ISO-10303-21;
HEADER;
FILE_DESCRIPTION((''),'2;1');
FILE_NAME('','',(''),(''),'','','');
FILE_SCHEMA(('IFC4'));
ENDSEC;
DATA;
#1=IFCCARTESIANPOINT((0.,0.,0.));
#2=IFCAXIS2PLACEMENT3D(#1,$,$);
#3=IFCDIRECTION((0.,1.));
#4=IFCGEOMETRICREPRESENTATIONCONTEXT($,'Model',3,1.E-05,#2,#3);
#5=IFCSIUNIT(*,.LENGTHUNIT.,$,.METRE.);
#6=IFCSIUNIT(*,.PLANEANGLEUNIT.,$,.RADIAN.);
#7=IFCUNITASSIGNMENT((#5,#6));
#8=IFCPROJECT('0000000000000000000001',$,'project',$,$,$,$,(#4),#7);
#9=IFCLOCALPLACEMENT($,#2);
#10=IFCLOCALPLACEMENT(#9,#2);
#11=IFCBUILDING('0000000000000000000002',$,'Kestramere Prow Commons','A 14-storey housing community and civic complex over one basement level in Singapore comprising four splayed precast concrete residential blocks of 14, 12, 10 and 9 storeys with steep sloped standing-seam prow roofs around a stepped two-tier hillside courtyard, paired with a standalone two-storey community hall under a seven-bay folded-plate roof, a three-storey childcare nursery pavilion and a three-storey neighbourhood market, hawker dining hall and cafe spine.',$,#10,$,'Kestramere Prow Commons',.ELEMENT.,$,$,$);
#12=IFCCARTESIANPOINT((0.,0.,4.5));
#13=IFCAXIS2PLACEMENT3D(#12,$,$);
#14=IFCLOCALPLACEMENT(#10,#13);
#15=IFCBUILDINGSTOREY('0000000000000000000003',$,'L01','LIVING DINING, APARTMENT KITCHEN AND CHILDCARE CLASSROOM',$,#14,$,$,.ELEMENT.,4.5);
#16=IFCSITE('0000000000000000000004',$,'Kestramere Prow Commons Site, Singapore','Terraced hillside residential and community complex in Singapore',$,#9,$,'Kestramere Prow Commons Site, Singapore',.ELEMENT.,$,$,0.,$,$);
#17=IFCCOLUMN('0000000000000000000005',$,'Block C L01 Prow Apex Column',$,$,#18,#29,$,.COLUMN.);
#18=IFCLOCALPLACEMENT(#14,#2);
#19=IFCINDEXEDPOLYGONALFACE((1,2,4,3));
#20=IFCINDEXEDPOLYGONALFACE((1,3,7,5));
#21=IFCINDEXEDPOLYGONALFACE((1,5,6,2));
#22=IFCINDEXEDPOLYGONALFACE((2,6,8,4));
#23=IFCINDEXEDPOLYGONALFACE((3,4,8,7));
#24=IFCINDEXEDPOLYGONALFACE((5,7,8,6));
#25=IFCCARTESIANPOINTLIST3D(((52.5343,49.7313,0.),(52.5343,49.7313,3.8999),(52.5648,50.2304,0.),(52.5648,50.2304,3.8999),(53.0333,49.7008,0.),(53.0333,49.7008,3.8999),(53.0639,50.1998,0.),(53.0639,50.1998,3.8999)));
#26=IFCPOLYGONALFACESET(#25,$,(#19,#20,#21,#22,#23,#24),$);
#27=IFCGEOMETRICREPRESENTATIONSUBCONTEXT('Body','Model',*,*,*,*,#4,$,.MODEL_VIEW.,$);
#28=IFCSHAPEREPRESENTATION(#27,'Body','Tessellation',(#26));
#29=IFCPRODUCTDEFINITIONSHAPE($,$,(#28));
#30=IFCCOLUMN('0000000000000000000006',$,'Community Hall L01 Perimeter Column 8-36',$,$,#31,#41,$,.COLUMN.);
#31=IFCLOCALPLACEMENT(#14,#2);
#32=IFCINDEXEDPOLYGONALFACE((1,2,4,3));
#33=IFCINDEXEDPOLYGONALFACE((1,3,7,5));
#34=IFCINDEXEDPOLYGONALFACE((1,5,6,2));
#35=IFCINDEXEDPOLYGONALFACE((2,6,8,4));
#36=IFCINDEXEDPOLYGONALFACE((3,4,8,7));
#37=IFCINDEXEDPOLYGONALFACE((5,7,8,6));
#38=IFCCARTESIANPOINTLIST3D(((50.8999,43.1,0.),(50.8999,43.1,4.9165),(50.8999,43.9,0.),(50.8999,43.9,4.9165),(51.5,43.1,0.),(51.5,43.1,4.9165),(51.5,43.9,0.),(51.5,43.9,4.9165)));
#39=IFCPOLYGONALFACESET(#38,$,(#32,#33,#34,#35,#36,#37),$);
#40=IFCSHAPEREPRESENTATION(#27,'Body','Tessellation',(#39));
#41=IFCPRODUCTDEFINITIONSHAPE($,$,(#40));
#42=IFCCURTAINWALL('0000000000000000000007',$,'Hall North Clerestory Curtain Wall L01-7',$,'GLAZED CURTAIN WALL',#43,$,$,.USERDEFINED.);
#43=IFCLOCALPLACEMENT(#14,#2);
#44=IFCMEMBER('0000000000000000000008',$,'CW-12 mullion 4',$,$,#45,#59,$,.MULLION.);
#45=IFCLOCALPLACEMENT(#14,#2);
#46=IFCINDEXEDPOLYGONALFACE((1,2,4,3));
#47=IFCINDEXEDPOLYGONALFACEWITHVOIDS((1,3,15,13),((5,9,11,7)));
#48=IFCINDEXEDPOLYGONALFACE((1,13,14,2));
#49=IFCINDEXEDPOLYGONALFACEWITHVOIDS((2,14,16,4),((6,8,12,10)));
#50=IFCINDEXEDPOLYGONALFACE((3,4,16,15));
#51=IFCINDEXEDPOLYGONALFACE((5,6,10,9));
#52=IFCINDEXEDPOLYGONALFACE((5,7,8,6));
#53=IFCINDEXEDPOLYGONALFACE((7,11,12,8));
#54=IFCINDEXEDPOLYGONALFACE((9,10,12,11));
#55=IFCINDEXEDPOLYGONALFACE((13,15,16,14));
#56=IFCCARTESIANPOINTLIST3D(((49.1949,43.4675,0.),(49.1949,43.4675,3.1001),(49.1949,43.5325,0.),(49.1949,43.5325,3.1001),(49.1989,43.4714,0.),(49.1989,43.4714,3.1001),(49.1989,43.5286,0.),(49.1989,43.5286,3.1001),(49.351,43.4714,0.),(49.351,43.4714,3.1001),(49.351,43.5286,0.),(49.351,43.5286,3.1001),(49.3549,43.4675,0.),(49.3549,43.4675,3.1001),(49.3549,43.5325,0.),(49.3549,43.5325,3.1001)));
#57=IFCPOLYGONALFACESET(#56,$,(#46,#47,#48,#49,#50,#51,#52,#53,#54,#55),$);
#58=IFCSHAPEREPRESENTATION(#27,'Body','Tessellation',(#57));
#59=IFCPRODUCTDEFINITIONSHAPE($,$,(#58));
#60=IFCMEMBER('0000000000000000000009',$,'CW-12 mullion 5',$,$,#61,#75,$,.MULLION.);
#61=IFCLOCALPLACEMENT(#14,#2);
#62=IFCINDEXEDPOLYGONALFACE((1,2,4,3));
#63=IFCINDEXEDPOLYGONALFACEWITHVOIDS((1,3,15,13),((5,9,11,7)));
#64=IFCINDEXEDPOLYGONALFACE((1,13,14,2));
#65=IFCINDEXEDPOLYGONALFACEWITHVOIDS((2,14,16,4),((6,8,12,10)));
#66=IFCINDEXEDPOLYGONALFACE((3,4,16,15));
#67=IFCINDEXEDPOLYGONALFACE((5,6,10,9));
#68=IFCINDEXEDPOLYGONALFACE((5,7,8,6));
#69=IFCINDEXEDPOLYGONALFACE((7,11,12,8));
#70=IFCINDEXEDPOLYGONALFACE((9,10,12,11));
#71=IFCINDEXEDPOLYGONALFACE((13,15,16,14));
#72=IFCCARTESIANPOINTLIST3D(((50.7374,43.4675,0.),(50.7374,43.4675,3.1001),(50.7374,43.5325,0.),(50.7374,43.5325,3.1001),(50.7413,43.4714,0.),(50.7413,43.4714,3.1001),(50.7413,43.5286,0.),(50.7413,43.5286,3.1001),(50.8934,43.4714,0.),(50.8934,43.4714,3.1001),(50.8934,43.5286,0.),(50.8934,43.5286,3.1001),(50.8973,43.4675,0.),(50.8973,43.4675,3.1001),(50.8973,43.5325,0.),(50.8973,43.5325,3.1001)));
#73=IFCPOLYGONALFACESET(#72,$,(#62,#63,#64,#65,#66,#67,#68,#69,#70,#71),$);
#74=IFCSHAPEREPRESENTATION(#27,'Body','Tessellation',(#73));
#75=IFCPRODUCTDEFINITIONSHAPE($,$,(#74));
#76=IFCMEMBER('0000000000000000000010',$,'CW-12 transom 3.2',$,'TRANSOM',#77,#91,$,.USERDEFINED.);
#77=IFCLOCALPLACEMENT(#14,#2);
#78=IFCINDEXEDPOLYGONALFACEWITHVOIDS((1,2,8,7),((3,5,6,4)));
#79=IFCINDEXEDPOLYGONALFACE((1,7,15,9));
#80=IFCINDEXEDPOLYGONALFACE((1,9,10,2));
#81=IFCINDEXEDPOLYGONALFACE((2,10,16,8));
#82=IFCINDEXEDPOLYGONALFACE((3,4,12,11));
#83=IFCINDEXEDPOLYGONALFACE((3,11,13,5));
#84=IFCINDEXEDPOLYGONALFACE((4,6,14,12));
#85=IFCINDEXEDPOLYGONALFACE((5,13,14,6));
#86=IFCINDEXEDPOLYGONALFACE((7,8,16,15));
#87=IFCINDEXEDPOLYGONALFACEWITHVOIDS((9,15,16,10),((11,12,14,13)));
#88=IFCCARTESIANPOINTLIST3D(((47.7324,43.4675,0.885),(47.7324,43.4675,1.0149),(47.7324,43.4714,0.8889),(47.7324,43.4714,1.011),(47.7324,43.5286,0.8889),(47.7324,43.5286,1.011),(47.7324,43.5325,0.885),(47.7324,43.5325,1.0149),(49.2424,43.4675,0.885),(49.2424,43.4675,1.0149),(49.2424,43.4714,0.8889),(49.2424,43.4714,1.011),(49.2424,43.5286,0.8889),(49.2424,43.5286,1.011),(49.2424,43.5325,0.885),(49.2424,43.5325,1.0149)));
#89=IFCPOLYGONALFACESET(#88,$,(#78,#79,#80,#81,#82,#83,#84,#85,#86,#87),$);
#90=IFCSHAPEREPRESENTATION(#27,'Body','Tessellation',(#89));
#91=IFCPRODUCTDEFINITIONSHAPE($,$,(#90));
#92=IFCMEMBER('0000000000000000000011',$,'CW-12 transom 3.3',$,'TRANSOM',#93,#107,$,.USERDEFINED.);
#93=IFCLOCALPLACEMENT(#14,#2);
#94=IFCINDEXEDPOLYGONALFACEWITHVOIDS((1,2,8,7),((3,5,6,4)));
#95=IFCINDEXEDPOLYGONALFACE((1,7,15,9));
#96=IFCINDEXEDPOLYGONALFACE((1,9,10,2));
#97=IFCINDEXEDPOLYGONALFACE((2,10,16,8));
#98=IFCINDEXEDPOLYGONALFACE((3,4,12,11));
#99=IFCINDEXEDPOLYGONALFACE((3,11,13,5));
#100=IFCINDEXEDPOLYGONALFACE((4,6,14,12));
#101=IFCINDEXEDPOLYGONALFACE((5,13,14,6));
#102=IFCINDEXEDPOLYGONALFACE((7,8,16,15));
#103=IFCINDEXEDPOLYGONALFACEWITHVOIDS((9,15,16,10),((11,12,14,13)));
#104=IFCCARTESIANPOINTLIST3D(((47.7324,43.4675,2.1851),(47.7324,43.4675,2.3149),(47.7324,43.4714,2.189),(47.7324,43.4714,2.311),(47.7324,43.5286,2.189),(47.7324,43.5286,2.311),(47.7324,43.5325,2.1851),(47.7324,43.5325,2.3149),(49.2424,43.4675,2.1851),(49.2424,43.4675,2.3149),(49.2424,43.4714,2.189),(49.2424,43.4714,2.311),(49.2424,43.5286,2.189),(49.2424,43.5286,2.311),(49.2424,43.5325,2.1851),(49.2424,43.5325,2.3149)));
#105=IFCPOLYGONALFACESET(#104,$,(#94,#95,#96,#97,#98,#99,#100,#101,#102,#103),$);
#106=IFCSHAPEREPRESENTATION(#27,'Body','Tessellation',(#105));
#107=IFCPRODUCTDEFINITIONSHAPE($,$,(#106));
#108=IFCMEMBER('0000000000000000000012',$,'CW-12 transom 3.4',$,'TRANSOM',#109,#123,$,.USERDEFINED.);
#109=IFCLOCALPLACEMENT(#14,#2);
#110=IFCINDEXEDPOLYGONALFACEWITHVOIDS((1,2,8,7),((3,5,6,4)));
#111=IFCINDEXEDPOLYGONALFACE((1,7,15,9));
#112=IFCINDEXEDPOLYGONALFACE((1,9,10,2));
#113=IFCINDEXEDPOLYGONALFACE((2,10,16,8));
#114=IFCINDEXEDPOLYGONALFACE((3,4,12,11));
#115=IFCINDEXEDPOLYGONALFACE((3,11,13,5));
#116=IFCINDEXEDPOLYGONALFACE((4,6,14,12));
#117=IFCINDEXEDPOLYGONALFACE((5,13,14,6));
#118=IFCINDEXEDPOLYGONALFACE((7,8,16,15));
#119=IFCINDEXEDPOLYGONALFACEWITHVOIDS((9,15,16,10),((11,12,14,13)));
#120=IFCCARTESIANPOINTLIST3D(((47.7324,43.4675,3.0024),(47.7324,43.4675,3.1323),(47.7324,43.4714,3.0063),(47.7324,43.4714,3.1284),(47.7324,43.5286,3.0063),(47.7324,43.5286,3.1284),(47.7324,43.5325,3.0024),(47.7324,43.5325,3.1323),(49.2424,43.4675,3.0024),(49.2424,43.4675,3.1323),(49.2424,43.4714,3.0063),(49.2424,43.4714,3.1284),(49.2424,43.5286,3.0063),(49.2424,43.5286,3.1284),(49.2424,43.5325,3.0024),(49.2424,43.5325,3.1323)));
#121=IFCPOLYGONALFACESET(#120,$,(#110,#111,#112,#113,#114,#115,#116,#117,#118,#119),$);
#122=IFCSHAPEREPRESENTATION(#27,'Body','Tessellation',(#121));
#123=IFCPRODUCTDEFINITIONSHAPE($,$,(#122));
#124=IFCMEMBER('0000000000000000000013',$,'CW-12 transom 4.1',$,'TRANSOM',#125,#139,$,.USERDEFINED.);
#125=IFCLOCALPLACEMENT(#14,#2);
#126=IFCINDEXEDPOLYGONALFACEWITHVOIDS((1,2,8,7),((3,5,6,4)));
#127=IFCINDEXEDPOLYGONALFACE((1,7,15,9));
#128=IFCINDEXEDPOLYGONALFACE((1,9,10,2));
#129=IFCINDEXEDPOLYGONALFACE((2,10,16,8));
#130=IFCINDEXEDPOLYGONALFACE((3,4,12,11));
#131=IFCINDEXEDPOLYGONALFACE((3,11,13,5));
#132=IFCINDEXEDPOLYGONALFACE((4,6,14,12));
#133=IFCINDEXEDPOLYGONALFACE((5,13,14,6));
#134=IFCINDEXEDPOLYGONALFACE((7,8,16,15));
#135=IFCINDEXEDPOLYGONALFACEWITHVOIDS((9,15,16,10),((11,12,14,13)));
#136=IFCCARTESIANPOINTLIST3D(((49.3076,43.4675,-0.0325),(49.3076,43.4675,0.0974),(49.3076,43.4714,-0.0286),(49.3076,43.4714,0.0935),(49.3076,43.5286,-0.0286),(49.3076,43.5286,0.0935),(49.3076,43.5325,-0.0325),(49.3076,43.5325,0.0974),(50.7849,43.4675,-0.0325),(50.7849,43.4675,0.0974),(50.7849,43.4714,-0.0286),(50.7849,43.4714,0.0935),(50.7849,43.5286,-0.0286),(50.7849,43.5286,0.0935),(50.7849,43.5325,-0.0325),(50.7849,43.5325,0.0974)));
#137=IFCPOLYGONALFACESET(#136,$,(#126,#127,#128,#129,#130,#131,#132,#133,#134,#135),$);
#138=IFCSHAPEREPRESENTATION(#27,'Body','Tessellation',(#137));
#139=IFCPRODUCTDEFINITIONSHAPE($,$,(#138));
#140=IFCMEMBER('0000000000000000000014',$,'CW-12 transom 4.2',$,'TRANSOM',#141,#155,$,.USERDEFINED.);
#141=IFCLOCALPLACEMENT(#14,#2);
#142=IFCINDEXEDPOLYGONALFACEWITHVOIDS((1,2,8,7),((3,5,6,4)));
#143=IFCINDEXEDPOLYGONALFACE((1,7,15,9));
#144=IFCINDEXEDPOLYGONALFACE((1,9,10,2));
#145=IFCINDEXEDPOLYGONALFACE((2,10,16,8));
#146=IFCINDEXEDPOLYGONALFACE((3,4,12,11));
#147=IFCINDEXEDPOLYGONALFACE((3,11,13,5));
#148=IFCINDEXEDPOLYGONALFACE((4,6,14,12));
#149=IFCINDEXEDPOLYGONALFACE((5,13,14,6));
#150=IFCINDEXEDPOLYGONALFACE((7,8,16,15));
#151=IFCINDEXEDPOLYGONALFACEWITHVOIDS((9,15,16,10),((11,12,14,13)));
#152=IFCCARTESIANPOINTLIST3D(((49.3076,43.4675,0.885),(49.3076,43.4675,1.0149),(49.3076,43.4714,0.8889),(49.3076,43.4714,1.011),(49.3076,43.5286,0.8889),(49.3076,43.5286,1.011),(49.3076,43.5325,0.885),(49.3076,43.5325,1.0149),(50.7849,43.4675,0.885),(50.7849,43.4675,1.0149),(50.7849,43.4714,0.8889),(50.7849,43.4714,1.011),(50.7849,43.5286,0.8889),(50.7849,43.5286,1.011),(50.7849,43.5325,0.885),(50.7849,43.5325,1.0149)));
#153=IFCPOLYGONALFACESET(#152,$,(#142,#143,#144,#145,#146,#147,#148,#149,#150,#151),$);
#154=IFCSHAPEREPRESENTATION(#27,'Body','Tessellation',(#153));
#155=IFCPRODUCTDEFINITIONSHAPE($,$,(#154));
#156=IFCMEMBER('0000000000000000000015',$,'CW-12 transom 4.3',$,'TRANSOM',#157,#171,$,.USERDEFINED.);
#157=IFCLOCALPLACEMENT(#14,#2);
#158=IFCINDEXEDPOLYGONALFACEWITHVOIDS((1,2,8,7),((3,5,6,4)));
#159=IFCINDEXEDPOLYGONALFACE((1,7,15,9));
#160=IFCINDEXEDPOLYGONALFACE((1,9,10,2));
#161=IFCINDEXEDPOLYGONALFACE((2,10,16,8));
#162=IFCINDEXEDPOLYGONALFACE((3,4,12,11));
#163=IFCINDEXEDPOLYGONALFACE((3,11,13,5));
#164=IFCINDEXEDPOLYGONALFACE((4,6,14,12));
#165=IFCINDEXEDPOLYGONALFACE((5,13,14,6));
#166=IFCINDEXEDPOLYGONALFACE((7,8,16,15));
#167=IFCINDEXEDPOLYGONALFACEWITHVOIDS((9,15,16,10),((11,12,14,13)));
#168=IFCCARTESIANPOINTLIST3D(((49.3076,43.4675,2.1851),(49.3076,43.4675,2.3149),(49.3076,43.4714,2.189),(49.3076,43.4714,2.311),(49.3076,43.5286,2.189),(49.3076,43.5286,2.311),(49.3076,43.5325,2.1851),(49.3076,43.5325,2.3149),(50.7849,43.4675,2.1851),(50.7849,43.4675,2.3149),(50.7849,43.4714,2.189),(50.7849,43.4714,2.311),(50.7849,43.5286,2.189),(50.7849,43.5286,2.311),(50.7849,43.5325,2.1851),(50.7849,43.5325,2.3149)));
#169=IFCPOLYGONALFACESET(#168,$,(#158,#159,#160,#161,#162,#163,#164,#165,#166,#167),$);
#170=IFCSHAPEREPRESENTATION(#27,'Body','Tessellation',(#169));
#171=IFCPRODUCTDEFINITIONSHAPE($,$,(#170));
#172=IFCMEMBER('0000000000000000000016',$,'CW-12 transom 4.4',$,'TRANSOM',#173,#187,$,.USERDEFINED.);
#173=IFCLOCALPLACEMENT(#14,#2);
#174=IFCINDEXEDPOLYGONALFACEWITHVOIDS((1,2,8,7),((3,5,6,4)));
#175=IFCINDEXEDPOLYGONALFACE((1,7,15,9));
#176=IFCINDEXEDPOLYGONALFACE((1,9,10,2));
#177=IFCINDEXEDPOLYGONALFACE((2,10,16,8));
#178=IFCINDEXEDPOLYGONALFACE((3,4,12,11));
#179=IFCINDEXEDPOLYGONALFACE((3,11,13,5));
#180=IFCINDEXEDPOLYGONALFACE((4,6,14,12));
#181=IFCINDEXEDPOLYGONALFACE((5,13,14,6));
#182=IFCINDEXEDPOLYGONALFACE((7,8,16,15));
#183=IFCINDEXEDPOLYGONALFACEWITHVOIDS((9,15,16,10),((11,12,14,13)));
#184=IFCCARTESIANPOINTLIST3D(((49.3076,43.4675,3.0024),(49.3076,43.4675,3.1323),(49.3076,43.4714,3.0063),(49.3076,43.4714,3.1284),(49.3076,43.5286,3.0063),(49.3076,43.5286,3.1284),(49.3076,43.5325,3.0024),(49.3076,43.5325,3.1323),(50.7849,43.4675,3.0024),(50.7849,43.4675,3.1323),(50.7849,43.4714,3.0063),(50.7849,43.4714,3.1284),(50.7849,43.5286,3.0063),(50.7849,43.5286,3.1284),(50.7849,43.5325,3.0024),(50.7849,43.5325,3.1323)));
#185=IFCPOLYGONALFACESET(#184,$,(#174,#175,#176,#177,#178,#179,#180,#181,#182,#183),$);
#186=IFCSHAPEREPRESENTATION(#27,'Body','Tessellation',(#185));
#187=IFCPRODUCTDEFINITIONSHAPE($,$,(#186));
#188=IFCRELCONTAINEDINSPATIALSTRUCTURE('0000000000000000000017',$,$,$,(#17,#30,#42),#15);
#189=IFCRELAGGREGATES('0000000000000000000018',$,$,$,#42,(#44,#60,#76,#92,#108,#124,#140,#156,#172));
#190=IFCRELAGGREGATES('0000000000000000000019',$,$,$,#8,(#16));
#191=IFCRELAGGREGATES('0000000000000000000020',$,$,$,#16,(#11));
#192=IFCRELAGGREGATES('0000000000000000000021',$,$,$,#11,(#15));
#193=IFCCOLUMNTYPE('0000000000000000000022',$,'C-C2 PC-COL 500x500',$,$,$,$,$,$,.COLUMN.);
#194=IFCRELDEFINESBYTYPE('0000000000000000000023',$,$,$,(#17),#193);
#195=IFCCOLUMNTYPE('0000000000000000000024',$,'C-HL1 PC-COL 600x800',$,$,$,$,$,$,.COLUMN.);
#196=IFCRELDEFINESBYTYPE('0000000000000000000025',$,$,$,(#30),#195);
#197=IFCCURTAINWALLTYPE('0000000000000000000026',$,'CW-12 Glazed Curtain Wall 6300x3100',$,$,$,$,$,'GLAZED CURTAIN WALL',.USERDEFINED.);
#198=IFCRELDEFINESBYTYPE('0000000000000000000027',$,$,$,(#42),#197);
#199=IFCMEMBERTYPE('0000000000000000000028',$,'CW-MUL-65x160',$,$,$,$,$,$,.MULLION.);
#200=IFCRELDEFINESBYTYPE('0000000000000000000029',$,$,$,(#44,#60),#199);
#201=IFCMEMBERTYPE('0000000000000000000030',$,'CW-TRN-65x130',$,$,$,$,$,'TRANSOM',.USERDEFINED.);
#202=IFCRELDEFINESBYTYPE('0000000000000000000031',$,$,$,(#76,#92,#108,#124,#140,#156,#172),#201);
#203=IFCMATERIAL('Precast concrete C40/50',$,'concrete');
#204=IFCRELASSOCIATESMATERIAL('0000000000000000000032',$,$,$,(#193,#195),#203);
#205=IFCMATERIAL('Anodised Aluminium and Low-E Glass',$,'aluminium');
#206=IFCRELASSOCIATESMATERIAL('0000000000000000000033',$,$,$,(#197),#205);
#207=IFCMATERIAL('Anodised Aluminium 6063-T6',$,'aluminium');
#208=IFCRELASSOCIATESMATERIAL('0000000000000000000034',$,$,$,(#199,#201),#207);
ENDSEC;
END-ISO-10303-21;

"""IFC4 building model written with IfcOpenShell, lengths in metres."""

from ifc_helpers import new_model, si_unit, direction, frame, origin, origin_2d, place, context, subcontext, project, spatial, rectangle, hollow_rectangle, extrude, material, material_profile, profile_set, type_object, element, aggregate, save


model = new_model("IFC4")

# Units and contexts
model_context = context("Model", 3, precision=1e-05, world=origin(), true_north=direction((0.0, 1.0)))
body_context = subcontext(model_context, "Body", "Model", "MODEL_VIEW")
ifc_project = project(units=[si_unit("LENGTHUNIT", "METRE"), si_unit("PLANEANGLEUNIT", "RADIAN")], contexts=[model_context])

# Site, building, storey
site_placement = place(None, origin())
site = spatial("IfcSite", under=ifc_project, at=site_placement, Name="Kestramere Prow Commons Site, Singapore", Description="Terraced hillside residential and community complex in Singapore", LongName="Kestramere Prow Commons Site, Singapore", CompositionType="ELEMENT", RefElevation=0.0)
building_placement = place(site_placement, origin())
building = spatial("IfcBuilding", under=site, at=building_placement, Name="Kestramere Prow Commons", Description="A 14-storey housing community and civic complex over one basement level in Singapore comprising four splayed precast concrete residential blocks of 14, 12, 10 and 9 storeys with steep sloped standing-seam prow roofs around a stepped two-tier hillside courtyard, paired with a standalone two-storey community hall under a seven-bay folded-plate roof, a three-storey childcare nursery pavilion and a three-storey neighbourhood market, hawker dining hall and cafe spine.", LongName="Kestramere Prow Commons", CompositionType="ELEMENT")
storey_placement = place(building_placement, frame((0.0, 0.0, 4.5)))
storey = spatial("IfcBuildingStorey", under=building, at=storey_placement, Name="L01", Description="LIVING DINING, APARTMENT KITCHEN AND CHILDCARE CLASSROOM", CompositionType="ELEMENT", Elevation=4.5)

# Columns
ifc_material_1 = material(Name="Precast concrete C40/50", Category="concrete")
ifc_material_profile_1 = material_profile(ifc_material_1, rectangle(XDim=0.5, YDim=0.5, at=origin_2d()), Name="PC-COL 500x500")
ifc_profile_set_1 = profile_set([ifc_material_profile_1], Name="Precast concrete C40/50")
column_type_1 = type_object("IfcColumnType", Name="C-C2 PC-COL 500x500", PredefinedType="COLUMN", material=ifc_profile_set_1)
column_1_placement = place(storey_placement, frame((52.7991, 49.9656, 0.0), z_axis=(0.0, 0.0, 1.0), x_axis=(0.998135, -0.061049, 0.0)))
element("IfcColumn", 1, at=column_1_placement, inside=storey, type_object=column_type_1, Name="Block C L01 Prow Apex Column", PredefinedType="COLUMN", context=body_context, shape_type="SweptSolid", body=[
    extrude(rectangle(XDim=0.5, YDim=0.5, at=origin_2d()), origin(), (0.0, 0.0, 1.0), 3.8999),
])
ifc_material_profile_2 = material_profile(ifc_material_1, rectangle(XDim=0.6001, YDim=0.8, at=origin_2d()), Name="PC-COL 600x800")
ifc_profile_set_2 = profile_set([ifc_material_profile_2], Name="Precast concrete C40/50")
column_type_2 = type_object("IfcColumnType", Name="C-HL1 PC-COL 600x800", PredefinedType="COLUMN", material=ifc_profile_set_2)
column_2_placement = place(storey_placement, frame((51.2, 43.5, 0.0), z_axis=(0.0, 0.0, 1.0), x_axis=(1.0, 0.0, 0.0)))
element("IfcColumn", 2, at=column_2_placement, inside=storey, type_object=column_type_2, Name="Community Hall L01 Perimeter Column 8-36", PredefinedType="COLUMN", context=body_context, shape_type="SweptSolid", body=[
    extrude(rectangle(XDim=0.6001, YDim=0.8, at=origin_2d()), origin(), (0.0, 0.0, 1.0), 4.9165),
])

# Curtain wall, members
ifc_material_2 = material(Name="Anodised Aluminium and Low-E Glass", Category="aluminium")
curtain_wall_type = type_object("IfcCurtainWallType", Name="CW-12 Glazed Curtain Wall 6300x3100", ElementType="GLAZED CURTAIN WALL", PredefinedType="USERDEFINED", material=ifc_material_2)
curtain_wall_placement = place(storey_placement, origin())
curtain_wall = element("IfcCurtainWall", 3, at=curtain_wall_placement, inside=storey, type_object=curtain_wall_type, Name="Hall North Clerestory Curtain Wall L01-7", ObjectType="GLAZED CURTAIN WALL", PredefinedType="USERDEFINED")
ifc_material_3 = material(Name="Anodised Aluminium 6063-T6", Category="aluminium")
ifc_material_profile_3 = material_profile(ifc_material_3, hollow_rectangle(XDim=0.0649, YDim=0.1599, WallThickness=0.0039, at=origin_2d()), Name="ALU-MUL 65x160")
ifc_profile_set_3 = profile_set([ifc_material_profile_3], Name="Anodised Aluminium 6063-T6")
member_type_1 = type_object("IfcMemberType", Name="CW-MUL-65x160", PredefinedType="MULLION", material=ifc_profile_set_3)
member_1_placement = place(storey_placement, frame((49.2749, 43.5, 0.0), z_axis=(0.0, 0.0, 1.0), x_axis=(0.0, 1.0, 0.0)))
member_1 = element("IfcMember", 4, at=member_1_placement, type_object=member_type_1, Name="CW-12 mullion 4", PredefinedType="MULLION", context=body_context, shape_type="SweptSolid", body=[
    extrude(hollow_rectangle(XDim=0.0649, YDim=0.1599, WallThickness=0.0039, at=origin_2d()), origin(), (0.0, 0.0, 1.0), 3.1001),
])
member_2_placement = place(storey_placement, frame((50.8174, 43.5, 0.0), z_axis=(0.0, 0.0, 1.0), x_axis=(0.0, 1.0, 0.0)))
member_2 = element("IfcMember", 5, at=member_2_placement, type_object=member_type_1, Name="CW-12 mullion 5", PredefinedType="MULLION", context=body_context, shape_type="SweptSolid", body=[
    extrude(hollow_rectangle(XDim=0.0649, YDim=0.1599, WallThickness=0.0039, at=origin_2d()), origin(), (0.0, 0.0, 1.0), 3.1001),
])
ifc_material_profile_4 = material_profile(ifc_material_3, hollow_rectangle(XDim=0.0649, YDim=0.1299, WallThickness=0.0039, at=origin_2d()), Name="ALU-TRN 65x130")
ifc_profile_set_4 = profile_set([ifc_material_profile_4], Name="Anodised Aluminium 6063-T6")
member_type_2 = type_object("IfcMemberType", Name="CW-TRN-65x130", ElementType="TRANSOM", PredefinedType="USERDEFINED", material=ifc_profile_set_4)
member_3_placement = place(storey_placement, frame((47.7324, 43.5, 0.95), z_axis=(1.0, 0.0, 0.0), x_axis=(0.0, 1.0, 0.0)))
member_3 = element("IfcMember", 6, at=member_3_placement, type_object=member_type_2, Name="CW-12 transom 3.2", ObjectType="TRANSOM", PredefinedType="USERDEFINED", context=body_context, shape_type="SweptSolid", body=[
    extrude(hollow_rectangle(XDim=0.0649, YDim=0.1299, WallThickness=0.0039, at=origin_2d()), origin(), (0.0, 0.0, 1.0), 1.51),
])
member_4_placement = place(storey_placement, frame((47.7324, 43.5, 2.25), z_axis=(1.0, 0.0, 0.0), x_axis=(0.0, 1.0, 0.0)))
member_4 = element("IfcMember", 7, at=member_4_placement, type_object=member_type_2, Name="CW-12 transom 3.3", ObjectType="TRANSOM", PredefinedType="USERDEFINED", context=body_context, shape_type="SweptSolid", body=[
    extrude(hollow_rectangle(XDim=0.0649, YDim=0.1299, WallThickness=0.0039, at=origin_2d()), origin(), (0.0, 0.0, 1.0), 1.51),
])
member_5_placement = place(storey_placement, frame((47.7324, 43.5, 3.0674), z_axis=(1.0, 0.0, 0.0), x_axis=(0.0, 1.0, 0.0)))
member_5 = element("IfcMember", 8, at=member_5_placement, type_object=member_type_2, Name="CW-12 transom 3.4", ObjectType="TRANSOM", PredefinedType="USERDEFINED", context=body_context, shape_type="SweptSolid", body=[
    extrude(hollow_rectangle(XDim=0.0649, YDim=0.1299, WallThickness=0.0039, at=origin_2d()), origin(), (0.0, 0.0, 1.0), 1.51),
])
member_6_placement = place(storey_placement, frame((49.3076, 43.5, 0.0325), z_axis=(1.0, 0.0, 0.0), x_axis=(0.0, 1.0, 0.0)))
member_6 = element("IfcMember", 9, at=member_6_placement, type_object=member_type_2, Name="CW-12 transom 4.1", ObjectType="TRANSOM", PredefinedType="USERDEFINED", context=body_context, shape_type="SweptSolid", body=[
    extrude(hollow_rectangle(XDim=0.0649, YDim=0.1299, WallThickness=0.0039, at=origin_2d()), origin(), (0.0, 0.0, 1.0), 1.4773),
])
member_7_placement = place(storey_placement, frame((49.3076, 43.5, 0.95), z_axis=(1.0, 0.0, 0.0), x_axis=(0.0, 1.0, 0.0)))
member_7 = element("IfcMember", 10, at=member_7_placement, type_object=member_type_2, Name="CW-12 transom 4.2", ObjectType="TRANSOM", PredefinedType="USERDEFINED", context=body_context, shape_type="SweptSolid", body=[
    extrude(hollow_rectangle(XDim=0.0649, YDim=0.1299, WallThickness=0.0039, at=origin_2d()), origin(), (0.0, 0.0, 1.0), 1.4773),
])
member_8_placement = place(storey_placement, frame((49.3076, 43.5, 2.25), z_axis=(1.0, 0.0, 0.0), x_axis=(0.0, 1.0, 0.0)))
member_8 = element("IfcMember", 11, at=member_8_placement, type_object=member_type_2, Name="CW-12 transom 4.3", ObjectType="TRANSOM", PredefinedType="USERDEFINED", context=body_context, shape_type="SweptSolid", body=[
    extrude(hollow_rectangle(XDim=0.0649, YDim=0.1299, WallThickness=0.0039, at=origin_2d()), origin(), (0.0, 0.0, 1.0), 1.4773),
])
member_9_placement = place(storey_placement, frame((49.3076, 43.5, 3.0674), z_axis=(1.0, 0.0, 0.0), x_axis=(0.0, 1.0, 0.0)))
member_9 = element("IfcMember", 12, at=member_9_placement, type_object=member_type_2, Name="CW-12 transom 4.4", ObjectType="TRANSOM", PredefinedType="USERDEFINED", context=body_context, shape_type="SweptSolid", body=[
    extrude(hollow_rectangle(XDim=0.0649, YDim=0.1299, WallThickness=0.0039, at=origin_2d()), origin(), (0.0, 0.0, 1.0), 1.4773),
])
aggregate(curtain_wall, [member_1, member_2, member_3, member_4, member_5, member_6, member_7, member_8, member_9])

save(model, "model.ifc")
